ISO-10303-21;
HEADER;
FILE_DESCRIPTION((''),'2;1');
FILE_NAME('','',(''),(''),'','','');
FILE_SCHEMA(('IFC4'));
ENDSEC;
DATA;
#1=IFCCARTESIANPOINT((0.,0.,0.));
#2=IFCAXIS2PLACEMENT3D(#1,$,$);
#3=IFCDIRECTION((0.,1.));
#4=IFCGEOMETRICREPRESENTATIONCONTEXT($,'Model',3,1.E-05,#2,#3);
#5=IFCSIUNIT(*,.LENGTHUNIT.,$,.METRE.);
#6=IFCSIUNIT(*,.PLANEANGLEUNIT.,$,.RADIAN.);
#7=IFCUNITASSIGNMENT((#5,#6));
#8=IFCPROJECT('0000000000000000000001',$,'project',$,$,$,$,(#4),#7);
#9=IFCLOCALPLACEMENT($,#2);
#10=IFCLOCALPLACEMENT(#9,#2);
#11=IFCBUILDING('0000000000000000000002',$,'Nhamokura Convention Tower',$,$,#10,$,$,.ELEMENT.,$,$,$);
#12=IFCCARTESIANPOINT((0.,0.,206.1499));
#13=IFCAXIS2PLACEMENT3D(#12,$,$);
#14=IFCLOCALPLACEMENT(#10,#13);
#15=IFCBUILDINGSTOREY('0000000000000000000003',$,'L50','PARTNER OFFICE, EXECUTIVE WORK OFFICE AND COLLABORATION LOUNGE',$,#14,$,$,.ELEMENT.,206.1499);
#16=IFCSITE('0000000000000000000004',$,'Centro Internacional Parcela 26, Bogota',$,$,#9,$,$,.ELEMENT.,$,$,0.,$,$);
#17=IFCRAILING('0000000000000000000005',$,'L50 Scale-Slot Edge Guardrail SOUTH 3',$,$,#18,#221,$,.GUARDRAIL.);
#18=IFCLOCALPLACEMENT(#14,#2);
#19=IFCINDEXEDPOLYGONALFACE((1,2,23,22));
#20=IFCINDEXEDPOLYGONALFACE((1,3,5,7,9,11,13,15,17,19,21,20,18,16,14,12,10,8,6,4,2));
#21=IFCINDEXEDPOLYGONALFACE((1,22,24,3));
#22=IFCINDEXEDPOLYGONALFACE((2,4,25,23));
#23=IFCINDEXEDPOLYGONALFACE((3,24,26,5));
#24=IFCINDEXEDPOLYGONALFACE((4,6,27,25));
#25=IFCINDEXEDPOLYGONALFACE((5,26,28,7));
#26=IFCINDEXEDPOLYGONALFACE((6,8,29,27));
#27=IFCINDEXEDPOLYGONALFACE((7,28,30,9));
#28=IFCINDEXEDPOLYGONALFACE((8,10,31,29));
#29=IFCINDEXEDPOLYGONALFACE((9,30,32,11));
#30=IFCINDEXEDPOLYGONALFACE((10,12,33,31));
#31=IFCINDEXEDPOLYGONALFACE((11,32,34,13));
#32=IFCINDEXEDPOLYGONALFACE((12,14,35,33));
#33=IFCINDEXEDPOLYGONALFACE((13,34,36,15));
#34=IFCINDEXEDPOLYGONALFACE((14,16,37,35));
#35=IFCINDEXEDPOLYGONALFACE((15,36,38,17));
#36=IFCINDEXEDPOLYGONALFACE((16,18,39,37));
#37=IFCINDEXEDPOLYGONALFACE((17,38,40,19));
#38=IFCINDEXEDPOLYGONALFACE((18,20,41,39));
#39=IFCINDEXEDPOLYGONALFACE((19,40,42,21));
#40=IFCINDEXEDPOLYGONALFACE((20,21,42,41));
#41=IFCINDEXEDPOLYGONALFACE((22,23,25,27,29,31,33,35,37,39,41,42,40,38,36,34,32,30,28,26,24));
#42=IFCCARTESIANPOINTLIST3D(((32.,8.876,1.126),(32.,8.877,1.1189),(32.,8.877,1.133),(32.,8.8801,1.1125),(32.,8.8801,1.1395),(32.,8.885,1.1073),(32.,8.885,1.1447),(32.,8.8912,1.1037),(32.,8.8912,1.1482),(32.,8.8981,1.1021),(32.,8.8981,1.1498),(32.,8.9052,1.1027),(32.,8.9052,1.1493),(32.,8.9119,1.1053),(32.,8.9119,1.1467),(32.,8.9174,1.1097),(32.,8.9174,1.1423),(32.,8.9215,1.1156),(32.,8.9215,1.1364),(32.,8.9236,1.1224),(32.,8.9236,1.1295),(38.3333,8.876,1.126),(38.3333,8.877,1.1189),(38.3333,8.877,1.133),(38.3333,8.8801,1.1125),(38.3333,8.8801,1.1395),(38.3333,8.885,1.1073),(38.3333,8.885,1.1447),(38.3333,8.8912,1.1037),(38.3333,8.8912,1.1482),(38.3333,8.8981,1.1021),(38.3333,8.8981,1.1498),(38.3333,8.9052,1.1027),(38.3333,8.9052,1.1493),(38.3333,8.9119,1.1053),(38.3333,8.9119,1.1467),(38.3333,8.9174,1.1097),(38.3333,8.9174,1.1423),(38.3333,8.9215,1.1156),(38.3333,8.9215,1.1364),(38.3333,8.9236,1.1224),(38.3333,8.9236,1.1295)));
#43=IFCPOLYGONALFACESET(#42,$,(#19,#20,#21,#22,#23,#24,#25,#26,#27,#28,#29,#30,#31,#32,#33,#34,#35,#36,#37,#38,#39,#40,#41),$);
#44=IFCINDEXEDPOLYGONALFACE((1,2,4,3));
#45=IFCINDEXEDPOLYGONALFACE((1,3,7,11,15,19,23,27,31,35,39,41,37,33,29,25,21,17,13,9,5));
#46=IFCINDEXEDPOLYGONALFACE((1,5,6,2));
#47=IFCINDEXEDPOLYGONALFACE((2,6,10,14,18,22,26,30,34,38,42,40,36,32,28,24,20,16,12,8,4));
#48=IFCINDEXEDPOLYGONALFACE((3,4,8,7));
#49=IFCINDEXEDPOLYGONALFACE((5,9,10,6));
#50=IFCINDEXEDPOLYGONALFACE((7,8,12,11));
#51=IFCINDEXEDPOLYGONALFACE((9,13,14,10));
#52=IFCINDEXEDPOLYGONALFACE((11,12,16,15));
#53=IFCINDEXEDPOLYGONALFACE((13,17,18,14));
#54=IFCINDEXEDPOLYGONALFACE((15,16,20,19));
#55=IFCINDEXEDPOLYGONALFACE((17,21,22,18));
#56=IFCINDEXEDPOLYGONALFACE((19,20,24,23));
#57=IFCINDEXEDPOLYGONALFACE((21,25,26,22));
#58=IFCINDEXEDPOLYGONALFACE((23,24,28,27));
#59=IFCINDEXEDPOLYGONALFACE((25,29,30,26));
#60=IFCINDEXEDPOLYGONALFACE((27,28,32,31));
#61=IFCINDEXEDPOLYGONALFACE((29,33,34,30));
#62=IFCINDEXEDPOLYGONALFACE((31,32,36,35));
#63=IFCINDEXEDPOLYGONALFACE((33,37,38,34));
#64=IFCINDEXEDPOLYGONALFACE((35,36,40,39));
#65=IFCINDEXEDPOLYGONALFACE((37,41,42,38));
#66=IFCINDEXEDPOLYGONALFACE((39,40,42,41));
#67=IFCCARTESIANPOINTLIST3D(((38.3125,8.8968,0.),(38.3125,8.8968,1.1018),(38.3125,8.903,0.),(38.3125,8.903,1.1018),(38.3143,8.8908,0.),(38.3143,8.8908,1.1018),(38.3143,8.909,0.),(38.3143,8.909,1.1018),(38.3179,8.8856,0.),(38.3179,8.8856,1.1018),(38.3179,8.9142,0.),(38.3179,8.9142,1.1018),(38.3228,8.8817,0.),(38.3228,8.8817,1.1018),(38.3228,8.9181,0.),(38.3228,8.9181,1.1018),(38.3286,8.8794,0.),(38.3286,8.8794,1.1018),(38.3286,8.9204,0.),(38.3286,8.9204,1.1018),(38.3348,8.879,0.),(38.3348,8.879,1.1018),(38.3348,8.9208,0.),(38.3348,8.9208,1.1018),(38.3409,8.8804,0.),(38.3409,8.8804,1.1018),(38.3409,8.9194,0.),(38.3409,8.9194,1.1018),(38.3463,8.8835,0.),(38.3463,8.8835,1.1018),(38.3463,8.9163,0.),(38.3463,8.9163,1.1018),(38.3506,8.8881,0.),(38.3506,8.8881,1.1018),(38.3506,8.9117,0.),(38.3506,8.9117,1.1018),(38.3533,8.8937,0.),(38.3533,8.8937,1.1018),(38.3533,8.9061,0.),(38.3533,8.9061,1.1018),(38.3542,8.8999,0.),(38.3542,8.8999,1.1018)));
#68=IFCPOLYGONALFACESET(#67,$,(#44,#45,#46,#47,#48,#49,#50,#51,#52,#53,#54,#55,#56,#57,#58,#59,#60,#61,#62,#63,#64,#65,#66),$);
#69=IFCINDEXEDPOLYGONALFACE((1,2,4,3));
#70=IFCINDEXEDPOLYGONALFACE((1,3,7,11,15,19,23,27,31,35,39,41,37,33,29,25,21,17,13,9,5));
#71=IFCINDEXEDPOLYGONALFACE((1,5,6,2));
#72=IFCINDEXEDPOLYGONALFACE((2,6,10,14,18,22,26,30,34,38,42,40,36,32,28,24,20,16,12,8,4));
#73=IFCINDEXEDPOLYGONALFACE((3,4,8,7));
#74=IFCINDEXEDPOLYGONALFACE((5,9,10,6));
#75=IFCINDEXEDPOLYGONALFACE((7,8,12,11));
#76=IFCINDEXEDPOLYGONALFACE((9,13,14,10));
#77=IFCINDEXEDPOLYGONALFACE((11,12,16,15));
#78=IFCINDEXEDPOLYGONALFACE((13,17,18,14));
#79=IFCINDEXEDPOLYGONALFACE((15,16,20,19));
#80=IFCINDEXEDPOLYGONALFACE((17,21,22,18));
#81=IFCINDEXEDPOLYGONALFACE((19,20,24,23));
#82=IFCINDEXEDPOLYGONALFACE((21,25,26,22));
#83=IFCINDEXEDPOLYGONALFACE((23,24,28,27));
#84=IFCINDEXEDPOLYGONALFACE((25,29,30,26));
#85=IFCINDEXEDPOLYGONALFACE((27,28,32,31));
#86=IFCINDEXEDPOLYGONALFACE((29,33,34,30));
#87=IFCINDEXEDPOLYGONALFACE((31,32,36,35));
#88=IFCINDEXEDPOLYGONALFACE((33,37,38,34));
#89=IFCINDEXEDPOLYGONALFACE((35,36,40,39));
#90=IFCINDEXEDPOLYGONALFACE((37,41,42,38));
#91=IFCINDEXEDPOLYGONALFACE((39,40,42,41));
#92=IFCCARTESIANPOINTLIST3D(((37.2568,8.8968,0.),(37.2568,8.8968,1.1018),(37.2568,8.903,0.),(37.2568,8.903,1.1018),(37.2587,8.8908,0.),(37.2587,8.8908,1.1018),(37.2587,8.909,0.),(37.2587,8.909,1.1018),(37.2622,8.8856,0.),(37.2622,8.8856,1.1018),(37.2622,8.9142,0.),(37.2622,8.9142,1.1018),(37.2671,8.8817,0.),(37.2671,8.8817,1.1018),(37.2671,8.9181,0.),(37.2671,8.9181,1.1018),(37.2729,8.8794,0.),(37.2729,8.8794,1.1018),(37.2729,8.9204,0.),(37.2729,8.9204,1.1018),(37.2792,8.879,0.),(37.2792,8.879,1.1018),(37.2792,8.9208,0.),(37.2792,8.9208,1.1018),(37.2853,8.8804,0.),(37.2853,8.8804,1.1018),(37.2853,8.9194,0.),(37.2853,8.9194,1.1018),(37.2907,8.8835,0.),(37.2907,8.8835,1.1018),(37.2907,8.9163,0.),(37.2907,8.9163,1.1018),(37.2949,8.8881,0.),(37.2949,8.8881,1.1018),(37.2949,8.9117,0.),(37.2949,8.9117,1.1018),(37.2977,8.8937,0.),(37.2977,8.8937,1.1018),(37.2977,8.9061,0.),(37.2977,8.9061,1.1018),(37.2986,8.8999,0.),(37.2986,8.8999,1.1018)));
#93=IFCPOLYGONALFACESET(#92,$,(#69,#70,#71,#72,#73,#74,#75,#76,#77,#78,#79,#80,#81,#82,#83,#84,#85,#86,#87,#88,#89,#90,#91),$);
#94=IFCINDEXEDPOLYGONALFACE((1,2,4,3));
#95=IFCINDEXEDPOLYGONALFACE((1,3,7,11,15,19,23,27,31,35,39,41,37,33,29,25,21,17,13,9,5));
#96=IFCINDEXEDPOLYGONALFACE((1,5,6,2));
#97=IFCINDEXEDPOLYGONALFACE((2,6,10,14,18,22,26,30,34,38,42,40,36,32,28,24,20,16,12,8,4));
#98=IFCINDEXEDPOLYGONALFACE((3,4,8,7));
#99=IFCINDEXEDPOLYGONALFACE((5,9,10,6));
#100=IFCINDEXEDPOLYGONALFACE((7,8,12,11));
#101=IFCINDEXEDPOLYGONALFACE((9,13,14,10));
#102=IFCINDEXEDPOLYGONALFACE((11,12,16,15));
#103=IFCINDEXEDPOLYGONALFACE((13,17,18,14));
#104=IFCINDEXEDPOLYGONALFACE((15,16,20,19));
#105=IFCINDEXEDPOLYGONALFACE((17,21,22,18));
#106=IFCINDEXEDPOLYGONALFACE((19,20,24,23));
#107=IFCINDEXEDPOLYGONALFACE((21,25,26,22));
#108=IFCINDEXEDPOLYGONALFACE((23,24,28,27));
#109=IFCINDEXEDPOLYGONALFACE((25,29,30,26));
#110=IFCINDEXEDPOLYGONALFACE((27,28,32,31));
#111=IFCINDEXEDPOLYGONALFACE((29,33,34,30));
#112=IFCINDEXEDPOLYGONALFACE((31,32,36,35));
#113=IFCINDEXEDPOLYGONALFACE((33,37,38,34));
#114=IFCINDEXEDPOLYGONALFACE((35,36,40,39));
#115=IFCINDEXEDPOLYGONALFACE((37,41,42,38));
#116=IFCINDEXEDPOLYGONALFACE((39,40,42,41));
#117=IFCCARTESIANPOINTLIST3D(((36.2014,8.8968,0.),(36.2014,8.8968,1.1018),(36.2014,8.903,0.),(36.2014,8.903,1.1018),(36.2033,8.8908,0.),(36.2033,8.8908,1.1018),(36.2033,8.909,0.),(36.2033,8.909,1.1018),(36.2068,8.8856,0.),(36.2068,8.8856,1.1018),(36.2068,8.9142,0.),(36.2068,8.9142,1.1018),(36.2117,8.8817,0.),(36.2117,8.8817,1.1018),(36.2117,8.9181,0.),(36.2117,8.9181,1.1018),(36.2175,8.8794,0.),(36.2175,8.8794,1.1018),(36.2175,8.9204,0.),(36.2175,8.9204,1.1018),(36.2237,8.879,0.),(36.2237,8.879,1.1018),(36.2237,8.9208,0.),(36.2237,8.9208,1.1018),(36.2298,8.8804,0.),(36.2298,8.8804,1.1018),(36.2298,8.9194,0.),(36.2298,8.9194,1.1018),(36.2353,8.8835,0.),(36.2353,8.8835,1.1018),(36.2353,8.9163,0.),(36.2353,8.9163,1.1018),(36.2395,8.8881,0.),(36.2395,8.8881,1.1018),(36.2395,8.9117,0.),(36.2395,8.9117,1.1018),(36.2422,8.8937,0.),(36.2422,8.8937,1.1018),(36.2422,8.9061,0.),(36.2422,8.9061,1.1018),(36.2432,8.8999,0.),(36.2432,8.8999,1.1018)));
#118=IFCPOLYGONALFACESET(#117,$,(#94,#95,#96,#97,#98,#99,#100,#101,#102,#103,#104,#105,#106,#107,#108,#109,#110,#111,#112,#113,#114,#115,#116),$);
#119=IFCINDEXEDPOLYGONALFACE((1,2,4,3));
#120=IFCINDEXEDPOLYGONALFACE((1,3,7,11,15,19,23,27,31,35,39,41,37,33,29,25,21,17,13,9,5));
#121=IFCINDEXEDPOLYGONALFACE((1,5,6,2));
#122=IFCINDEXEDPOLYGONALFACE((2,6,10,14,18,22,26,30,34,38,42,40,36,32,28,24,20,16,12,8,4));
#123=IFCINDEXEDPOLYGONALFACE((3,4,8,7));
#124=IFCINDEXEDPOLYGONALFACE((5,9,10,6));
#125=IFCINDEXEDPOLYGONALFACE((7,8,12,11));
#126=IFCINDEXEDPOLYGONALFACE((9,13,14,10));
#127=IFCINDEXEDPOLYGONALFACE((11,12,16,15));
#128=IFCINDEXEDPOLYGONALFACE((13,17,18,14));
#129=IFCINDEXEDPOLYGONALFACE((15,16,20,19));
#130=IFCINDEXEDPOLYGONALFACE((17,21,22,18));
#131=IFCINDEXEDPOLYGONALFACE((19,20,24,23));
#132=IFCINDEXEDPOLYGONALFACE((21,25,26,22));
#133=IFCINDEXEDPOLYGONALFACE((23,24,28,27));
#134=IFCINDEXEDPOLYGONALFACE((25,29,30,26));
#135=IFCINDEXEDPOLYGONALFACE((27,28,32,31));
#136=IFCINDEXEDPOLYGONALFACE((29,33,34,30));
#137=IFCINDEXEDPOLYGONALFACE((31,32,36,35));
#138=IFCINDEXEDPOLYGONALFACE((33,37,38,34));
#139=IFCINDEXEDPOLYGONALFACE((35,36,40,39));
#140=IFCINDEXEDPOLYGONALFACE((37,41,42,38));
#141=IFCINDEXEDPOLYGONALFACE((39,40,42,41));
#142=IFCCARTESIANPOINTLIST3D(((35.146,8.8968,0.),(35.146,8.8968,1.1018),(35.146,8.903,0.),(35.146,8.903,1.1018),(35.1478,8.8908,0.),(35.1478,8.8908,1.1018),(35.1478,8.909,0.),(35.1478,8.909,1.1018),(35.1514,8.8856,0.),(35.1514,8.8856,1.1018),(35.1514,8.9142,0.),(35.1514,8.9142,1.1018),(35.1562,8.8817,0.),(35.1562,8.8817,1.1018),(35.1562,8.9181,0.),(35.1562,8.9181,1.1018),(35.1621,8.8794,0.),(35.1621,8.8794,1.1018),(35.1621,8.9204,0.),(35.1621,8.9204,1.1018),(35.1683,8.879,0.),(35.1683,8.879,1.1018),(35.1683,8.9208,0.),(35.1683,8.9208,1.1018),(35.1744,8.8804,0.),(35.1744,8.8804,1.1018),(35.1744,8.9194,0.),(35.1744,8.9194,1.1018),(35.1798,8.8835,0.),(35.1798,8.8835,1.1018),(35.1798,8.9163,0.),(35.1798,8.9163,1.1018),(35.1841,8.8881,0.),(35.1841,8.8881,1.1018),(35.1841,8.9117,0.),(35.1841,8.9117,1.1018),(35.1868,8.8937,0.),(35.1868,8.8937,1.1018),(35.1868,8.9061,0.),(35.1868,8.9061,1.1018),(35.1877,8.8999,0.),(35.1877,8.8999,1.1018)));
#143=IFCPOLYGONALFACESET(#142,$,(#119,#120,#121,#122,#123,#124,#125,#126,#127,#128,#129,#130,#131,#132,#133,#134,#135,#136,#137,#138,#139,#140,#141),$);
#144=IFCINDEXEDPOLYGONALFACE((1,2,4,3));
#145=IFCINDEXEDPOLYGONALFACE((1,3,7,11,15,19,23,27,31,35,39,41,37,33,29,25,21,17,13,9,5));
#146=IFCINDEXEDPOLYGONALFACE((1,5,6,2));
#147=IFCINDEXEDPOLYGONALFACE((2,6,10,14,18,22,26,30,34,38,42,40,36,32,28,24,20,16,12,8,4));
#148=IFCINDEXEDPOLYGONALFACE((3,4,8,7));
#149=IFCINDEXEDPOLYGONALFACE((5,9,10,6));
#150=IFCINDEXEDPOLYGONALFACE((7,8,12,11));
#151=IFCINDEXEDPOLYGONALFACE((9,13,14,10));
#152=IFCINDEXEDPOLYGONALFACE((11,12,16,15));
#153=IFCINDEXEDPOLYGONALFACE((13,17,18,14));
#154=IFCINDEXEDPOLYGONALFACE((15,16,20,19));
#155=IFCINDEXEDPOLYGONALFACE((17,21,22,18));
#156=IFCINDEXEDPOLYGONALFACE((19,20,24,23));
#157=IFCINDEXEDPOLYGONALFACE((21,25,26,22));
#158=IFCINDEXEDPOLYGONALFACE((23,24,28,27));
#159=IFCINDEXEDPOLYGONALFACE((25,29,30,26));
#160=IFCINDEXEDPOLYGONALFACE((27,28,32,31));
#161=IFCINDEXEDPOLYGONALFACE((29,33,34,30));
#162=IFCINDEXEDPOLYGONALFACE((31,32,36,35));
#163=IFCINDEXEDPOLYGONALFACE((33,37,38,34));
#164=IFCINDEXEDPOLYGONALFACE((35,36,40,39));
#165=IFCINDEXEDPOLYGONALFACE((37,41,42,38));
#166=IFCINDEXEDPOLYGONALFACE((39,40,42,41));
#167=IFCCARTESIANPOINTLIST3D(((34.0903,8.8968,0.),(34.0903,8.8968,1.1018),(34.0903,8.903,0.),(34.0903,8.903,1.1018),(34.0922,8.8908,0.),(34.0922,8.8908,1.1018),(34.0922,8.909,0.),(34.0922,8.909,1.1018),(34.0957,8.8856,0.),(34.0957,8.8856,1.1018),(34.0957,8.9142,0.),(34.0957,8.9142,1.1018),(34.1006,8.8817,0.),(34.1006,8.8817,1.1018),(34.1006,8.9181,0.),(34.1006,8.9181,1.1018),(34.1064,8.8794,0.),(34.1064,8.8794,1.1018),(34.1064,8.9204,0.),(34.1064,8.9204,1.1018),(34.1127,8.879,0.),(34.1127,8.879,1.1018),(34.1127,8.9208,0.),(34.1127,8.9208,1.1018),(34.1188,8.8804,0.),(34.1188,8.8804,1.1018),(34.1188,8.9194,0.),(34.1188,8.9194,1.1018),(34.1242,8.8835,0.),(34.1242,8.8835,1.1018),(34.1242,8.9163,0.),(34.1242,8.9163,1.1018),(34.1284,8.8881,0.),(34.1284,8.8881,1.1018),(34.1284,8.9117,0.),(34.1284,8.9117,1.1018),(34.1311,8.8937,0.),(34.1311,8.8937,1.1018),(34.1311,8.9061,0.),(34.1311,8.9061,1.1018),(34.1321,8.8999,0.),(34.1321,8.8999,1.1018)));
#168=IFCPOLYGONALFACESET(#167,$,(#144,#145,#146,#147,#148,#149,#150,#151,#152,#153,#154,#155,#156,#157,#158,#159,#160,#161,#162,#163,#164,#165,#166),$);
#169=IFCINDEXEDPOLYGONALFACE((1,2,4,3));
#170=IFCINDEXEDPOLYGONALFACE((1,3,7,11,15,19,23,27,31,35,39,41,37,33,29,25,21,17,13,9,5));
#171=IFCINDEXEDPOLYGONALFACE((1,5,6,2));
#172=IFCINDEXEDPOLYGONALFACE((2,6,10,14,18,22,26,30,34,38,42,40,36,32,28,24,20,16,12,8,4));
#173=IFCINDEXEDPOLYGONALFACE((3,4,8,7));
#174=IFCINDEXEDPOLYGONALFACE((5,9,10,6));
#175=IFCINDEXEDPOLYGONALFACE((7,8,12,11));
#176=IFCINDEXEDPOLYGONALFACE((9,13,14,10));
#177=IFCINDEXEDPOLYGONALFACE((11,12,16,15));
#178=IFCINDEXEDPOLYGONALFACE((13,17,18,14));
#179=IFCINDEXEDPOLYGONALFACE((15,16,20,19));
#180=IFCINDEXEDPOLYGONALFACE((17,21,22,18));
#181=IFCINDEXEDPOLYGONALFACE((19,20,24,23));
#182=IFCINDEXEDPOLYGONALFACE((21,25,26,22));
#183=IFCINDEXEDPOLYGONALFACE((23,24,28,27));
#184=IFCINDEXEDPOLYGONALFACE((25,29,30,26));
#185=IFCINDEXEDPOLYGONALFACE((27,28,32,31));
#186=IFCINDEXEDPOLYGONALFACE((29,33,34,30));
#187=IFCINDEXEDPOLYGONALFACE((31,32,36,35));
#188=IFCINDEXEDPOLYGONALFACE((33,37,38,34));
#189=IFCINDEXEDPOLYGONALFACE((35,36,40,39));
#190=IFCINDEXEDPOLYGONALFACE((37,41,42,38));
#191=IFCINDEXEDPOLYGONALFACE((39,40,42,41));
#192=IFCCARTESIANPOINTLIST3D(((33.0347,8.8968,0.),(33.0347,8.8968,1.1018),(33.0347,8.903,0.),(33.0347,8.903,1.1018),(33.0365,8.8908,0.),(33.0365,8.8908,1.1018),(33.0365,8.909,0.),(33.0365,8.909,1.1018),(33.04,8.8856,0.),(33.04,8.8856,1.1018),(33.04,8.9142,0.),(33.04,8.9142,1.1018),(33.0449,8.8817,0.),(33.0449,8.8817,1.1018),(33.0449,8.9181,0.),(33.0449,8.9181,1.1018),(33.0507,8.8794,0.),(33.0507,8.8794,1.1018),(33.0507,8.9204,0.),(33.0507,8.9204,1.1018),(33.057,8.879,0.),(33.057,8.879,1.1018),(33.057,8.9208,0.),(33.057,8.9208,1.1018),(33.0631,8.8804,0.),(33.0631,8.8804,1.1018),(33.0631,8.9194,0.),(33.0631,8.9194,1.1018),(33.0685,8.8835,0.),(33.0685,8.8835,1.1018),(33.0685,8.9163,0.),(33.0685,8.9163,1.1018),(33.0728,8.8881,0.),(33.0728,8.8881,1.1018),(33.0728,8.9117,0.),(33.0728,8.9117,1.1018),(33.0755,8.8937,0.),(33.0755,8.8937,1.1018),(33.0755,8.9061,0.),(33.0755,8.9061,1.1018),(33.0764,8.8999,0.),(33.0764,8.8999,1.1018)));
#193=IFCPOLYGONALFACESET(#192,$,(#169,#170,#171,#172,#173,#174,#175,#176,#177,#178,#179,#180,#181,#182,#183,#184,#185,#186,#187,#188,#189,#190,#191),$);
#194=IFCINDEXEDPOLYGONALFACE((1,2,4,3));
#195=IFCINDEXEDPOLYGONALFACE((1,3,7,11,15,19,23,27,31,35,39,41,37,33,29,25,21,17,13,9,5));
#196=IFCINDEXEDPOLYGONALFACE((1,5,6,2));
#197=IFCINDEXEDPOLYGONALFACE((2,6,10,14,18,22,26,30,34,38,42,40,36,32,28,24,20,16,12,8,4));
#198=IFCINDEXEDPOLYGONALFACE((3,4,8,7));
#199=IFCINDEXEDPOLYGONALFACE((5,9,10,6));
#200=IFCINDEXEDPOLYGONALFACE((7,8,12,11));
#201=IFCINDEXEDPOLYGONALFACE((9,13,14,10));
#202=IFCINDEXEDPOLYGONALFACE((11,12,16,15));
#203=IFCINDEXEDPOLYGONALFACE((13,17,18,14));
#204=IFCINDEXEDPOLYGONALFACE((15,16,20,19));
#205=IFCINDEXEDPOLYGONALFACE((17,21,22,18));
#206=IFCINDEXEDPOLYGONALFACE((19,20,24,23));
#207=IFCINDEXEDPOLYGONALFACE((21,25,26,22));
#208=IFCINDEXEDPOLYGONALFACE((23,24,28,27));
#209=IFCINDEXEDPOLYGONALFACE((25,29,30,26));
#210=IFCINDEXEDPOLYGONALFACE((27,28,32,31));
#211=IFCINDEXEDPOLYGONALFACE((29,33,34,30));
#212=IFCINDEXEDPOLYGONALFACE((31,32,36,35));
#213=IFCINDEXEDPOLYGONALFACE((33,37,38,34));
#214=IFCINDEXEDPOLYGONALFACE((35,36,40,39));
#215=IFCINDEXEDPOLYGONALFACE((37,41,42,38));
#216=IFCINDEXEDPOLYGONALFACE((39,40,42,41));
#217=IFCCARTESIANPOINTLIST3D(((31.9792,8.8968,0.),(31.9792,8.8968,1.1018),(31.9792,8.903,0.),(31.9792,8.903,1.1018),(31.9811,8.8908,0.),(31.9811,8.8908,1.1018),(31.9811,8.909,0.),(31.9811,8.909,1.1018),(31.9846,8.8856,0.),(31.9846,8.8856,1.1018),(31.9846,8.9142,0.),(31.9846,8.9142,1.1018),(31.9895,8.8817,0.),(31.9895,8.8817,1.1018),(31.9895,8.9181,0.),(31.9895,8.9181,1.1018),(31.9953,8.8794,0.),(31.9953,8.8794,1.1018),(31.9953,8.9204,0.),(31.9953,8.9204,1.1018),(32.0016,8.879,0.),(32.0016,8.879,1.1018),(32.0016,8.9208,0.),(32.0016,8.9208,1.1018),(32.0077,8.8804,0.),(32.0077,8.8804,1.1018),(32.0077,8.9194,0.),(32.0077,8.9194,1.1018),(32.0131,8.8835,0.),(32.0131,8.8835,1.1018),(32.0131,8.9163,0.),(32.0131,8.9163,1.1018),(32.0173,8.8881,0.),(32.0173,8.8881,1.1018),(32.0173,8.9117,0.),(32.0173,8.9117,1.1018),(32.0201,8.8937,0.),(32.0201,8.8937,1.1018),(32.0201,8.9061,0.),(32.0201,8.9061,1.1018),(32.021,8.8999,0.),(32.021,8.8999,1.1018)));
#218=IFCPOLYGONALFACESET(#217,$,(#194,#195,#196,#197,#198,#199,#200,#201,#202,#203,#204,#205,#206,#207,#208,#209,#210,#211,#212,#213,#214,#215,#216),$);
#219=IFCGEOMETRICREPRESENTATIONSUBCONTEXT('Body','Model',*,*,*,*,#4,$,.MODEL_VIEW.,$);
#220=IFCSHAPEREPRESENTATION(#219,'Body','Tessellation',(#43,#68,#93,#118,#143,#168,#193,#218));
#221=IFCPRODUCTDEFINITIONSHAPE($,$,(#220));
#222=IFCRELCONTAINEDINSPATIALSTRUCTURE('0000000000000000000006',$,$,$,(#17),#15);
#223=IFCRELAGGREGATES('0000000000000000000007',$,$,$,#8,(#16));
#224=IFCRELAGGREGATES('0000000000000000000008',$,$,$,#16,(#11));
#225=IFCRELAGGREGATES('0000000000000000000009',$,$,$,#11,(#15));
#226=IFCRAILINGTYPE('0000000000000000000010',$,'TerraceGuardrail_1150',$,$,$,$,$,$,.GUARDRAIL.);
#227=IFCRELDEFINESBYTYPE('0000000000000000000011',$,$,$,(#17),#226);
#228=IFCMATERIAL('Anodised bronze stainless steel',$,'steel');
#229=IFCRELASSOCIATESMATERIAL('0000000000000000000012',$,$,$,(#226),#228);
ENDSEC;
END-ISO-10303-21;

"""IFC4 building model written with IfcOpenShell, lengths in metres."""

from ifc_helpers import new_model, si_unit, direction, frame, origin, origin_2d, place, context, subcontext, project, spatial, circle, extrude, material, type_object, element, save


model = new_model("IFC4")

# Units and contexts
model_context = context("Model", 3, precision=1e-05, world=origin(), true_north=direction((0.0, 1.0)))
body_context = subcontext(model_context, "Body", "Model", "MODEL_VIEW")
ifc_project = project(units=[si_unit("LENGTHUNIT", "METRE"), si_unit("PLANEANGLEUNIT", "RADIAN")], contexts=[model_context])

# Site, building, storey
site_placement = place(None, origin())
site = spatial("IfcSite", under=ifc_project, at=site_placement, Name="Centro Internacional Parcela 26, Bogota", CompositionType="ELEMENT", RefElevation=0.0)
building_placement = place(site_placement, origin())
building = spatial("IfcBuilding", under=site, at=building_placement, Name="Nhamokura Convention Tower", CompositionType="ELEMENT")
storey_placement = place(building_placement, frame((0.0, 0.0, 206.1499)))
storey = spatial("IfcBuildingStorey", under=building, at=storey_placement, Name="L50", Description="PARTNER OFFICE, EXECUTIVE WORK OFFICE AND COLLABORATION LOUNGE", CompositionType="ELEMENT", Elevation=206.1499)

# Railing
ifc_material_1 = material(Name="Anodised bronze stainless steel", Category="steel")
railing_type = type_object("IfcRailingType", Name="TerraceGuardrail_1150", PredefinedType="GUARDRAIL", material=ifc_material_1)
railing_placement = place(storey_placement, frame((38.3333, 8.8999, 0.0)))
element("IfcRailing", 1, at=railing_placement, inside=storey, type_object=railing_type, Name="L50 Scale-Slot Edge Guardrail SOUTH 3", PredefinedType="GUARDRAIL", context=body_context, shape_type="SweptSolid", body=[
    extrude(circle(Radius=0.0239, at=origin_2d()), frame((0.0, 0.0, 1.126), z_axis=(-1.0, 0.0, 0.0), x_axis=(0.0, -1.0, 0.0)), (0.0, 0.0, 1.0), 6.3333),
    extrude(circle(Radius=0.021, at=origin_2d()), origin(), (0.0, 0.0, 1.0), 1.1018),
    extrude(circle(Radius=0.021, at=origin_2d()), frame((-1.0557, 0.0, 0.0)), (0.0, 0.0, 1.0), 1.1018),
    extrude(circle(Radius=0.021, at=origin_2d()), frame((-2.1111, 0.0, 0.0)), (0.0, 0.0, 1.0), 1.1018),
    extrude(circle(Radius=0.021, at=origin_2d()), frame((-3.1665, 0.0, 0.0)), (0.0, 0.0, 1.0), 1.1018),
    extrude(circle(Radius=0.021, at=origin_2d()), frame((-4.2222, 0.0, 0.0)), (0.0, 0.0, 1.0), 1.1018),
    extrude(circle(Radius=0.021, at=origin_2d()), frame((-5.2778, 0.0, 0.0)), (0.0, 0.0, 1.0), 1.1018),
    extrude(circle(Radius=0.021, at=origin_2d()), frame((-6.3333, 0.0, 0.0)), (0.0, 0.0, 1.0), 1.1018),
])

save(model, "model.ifc")
